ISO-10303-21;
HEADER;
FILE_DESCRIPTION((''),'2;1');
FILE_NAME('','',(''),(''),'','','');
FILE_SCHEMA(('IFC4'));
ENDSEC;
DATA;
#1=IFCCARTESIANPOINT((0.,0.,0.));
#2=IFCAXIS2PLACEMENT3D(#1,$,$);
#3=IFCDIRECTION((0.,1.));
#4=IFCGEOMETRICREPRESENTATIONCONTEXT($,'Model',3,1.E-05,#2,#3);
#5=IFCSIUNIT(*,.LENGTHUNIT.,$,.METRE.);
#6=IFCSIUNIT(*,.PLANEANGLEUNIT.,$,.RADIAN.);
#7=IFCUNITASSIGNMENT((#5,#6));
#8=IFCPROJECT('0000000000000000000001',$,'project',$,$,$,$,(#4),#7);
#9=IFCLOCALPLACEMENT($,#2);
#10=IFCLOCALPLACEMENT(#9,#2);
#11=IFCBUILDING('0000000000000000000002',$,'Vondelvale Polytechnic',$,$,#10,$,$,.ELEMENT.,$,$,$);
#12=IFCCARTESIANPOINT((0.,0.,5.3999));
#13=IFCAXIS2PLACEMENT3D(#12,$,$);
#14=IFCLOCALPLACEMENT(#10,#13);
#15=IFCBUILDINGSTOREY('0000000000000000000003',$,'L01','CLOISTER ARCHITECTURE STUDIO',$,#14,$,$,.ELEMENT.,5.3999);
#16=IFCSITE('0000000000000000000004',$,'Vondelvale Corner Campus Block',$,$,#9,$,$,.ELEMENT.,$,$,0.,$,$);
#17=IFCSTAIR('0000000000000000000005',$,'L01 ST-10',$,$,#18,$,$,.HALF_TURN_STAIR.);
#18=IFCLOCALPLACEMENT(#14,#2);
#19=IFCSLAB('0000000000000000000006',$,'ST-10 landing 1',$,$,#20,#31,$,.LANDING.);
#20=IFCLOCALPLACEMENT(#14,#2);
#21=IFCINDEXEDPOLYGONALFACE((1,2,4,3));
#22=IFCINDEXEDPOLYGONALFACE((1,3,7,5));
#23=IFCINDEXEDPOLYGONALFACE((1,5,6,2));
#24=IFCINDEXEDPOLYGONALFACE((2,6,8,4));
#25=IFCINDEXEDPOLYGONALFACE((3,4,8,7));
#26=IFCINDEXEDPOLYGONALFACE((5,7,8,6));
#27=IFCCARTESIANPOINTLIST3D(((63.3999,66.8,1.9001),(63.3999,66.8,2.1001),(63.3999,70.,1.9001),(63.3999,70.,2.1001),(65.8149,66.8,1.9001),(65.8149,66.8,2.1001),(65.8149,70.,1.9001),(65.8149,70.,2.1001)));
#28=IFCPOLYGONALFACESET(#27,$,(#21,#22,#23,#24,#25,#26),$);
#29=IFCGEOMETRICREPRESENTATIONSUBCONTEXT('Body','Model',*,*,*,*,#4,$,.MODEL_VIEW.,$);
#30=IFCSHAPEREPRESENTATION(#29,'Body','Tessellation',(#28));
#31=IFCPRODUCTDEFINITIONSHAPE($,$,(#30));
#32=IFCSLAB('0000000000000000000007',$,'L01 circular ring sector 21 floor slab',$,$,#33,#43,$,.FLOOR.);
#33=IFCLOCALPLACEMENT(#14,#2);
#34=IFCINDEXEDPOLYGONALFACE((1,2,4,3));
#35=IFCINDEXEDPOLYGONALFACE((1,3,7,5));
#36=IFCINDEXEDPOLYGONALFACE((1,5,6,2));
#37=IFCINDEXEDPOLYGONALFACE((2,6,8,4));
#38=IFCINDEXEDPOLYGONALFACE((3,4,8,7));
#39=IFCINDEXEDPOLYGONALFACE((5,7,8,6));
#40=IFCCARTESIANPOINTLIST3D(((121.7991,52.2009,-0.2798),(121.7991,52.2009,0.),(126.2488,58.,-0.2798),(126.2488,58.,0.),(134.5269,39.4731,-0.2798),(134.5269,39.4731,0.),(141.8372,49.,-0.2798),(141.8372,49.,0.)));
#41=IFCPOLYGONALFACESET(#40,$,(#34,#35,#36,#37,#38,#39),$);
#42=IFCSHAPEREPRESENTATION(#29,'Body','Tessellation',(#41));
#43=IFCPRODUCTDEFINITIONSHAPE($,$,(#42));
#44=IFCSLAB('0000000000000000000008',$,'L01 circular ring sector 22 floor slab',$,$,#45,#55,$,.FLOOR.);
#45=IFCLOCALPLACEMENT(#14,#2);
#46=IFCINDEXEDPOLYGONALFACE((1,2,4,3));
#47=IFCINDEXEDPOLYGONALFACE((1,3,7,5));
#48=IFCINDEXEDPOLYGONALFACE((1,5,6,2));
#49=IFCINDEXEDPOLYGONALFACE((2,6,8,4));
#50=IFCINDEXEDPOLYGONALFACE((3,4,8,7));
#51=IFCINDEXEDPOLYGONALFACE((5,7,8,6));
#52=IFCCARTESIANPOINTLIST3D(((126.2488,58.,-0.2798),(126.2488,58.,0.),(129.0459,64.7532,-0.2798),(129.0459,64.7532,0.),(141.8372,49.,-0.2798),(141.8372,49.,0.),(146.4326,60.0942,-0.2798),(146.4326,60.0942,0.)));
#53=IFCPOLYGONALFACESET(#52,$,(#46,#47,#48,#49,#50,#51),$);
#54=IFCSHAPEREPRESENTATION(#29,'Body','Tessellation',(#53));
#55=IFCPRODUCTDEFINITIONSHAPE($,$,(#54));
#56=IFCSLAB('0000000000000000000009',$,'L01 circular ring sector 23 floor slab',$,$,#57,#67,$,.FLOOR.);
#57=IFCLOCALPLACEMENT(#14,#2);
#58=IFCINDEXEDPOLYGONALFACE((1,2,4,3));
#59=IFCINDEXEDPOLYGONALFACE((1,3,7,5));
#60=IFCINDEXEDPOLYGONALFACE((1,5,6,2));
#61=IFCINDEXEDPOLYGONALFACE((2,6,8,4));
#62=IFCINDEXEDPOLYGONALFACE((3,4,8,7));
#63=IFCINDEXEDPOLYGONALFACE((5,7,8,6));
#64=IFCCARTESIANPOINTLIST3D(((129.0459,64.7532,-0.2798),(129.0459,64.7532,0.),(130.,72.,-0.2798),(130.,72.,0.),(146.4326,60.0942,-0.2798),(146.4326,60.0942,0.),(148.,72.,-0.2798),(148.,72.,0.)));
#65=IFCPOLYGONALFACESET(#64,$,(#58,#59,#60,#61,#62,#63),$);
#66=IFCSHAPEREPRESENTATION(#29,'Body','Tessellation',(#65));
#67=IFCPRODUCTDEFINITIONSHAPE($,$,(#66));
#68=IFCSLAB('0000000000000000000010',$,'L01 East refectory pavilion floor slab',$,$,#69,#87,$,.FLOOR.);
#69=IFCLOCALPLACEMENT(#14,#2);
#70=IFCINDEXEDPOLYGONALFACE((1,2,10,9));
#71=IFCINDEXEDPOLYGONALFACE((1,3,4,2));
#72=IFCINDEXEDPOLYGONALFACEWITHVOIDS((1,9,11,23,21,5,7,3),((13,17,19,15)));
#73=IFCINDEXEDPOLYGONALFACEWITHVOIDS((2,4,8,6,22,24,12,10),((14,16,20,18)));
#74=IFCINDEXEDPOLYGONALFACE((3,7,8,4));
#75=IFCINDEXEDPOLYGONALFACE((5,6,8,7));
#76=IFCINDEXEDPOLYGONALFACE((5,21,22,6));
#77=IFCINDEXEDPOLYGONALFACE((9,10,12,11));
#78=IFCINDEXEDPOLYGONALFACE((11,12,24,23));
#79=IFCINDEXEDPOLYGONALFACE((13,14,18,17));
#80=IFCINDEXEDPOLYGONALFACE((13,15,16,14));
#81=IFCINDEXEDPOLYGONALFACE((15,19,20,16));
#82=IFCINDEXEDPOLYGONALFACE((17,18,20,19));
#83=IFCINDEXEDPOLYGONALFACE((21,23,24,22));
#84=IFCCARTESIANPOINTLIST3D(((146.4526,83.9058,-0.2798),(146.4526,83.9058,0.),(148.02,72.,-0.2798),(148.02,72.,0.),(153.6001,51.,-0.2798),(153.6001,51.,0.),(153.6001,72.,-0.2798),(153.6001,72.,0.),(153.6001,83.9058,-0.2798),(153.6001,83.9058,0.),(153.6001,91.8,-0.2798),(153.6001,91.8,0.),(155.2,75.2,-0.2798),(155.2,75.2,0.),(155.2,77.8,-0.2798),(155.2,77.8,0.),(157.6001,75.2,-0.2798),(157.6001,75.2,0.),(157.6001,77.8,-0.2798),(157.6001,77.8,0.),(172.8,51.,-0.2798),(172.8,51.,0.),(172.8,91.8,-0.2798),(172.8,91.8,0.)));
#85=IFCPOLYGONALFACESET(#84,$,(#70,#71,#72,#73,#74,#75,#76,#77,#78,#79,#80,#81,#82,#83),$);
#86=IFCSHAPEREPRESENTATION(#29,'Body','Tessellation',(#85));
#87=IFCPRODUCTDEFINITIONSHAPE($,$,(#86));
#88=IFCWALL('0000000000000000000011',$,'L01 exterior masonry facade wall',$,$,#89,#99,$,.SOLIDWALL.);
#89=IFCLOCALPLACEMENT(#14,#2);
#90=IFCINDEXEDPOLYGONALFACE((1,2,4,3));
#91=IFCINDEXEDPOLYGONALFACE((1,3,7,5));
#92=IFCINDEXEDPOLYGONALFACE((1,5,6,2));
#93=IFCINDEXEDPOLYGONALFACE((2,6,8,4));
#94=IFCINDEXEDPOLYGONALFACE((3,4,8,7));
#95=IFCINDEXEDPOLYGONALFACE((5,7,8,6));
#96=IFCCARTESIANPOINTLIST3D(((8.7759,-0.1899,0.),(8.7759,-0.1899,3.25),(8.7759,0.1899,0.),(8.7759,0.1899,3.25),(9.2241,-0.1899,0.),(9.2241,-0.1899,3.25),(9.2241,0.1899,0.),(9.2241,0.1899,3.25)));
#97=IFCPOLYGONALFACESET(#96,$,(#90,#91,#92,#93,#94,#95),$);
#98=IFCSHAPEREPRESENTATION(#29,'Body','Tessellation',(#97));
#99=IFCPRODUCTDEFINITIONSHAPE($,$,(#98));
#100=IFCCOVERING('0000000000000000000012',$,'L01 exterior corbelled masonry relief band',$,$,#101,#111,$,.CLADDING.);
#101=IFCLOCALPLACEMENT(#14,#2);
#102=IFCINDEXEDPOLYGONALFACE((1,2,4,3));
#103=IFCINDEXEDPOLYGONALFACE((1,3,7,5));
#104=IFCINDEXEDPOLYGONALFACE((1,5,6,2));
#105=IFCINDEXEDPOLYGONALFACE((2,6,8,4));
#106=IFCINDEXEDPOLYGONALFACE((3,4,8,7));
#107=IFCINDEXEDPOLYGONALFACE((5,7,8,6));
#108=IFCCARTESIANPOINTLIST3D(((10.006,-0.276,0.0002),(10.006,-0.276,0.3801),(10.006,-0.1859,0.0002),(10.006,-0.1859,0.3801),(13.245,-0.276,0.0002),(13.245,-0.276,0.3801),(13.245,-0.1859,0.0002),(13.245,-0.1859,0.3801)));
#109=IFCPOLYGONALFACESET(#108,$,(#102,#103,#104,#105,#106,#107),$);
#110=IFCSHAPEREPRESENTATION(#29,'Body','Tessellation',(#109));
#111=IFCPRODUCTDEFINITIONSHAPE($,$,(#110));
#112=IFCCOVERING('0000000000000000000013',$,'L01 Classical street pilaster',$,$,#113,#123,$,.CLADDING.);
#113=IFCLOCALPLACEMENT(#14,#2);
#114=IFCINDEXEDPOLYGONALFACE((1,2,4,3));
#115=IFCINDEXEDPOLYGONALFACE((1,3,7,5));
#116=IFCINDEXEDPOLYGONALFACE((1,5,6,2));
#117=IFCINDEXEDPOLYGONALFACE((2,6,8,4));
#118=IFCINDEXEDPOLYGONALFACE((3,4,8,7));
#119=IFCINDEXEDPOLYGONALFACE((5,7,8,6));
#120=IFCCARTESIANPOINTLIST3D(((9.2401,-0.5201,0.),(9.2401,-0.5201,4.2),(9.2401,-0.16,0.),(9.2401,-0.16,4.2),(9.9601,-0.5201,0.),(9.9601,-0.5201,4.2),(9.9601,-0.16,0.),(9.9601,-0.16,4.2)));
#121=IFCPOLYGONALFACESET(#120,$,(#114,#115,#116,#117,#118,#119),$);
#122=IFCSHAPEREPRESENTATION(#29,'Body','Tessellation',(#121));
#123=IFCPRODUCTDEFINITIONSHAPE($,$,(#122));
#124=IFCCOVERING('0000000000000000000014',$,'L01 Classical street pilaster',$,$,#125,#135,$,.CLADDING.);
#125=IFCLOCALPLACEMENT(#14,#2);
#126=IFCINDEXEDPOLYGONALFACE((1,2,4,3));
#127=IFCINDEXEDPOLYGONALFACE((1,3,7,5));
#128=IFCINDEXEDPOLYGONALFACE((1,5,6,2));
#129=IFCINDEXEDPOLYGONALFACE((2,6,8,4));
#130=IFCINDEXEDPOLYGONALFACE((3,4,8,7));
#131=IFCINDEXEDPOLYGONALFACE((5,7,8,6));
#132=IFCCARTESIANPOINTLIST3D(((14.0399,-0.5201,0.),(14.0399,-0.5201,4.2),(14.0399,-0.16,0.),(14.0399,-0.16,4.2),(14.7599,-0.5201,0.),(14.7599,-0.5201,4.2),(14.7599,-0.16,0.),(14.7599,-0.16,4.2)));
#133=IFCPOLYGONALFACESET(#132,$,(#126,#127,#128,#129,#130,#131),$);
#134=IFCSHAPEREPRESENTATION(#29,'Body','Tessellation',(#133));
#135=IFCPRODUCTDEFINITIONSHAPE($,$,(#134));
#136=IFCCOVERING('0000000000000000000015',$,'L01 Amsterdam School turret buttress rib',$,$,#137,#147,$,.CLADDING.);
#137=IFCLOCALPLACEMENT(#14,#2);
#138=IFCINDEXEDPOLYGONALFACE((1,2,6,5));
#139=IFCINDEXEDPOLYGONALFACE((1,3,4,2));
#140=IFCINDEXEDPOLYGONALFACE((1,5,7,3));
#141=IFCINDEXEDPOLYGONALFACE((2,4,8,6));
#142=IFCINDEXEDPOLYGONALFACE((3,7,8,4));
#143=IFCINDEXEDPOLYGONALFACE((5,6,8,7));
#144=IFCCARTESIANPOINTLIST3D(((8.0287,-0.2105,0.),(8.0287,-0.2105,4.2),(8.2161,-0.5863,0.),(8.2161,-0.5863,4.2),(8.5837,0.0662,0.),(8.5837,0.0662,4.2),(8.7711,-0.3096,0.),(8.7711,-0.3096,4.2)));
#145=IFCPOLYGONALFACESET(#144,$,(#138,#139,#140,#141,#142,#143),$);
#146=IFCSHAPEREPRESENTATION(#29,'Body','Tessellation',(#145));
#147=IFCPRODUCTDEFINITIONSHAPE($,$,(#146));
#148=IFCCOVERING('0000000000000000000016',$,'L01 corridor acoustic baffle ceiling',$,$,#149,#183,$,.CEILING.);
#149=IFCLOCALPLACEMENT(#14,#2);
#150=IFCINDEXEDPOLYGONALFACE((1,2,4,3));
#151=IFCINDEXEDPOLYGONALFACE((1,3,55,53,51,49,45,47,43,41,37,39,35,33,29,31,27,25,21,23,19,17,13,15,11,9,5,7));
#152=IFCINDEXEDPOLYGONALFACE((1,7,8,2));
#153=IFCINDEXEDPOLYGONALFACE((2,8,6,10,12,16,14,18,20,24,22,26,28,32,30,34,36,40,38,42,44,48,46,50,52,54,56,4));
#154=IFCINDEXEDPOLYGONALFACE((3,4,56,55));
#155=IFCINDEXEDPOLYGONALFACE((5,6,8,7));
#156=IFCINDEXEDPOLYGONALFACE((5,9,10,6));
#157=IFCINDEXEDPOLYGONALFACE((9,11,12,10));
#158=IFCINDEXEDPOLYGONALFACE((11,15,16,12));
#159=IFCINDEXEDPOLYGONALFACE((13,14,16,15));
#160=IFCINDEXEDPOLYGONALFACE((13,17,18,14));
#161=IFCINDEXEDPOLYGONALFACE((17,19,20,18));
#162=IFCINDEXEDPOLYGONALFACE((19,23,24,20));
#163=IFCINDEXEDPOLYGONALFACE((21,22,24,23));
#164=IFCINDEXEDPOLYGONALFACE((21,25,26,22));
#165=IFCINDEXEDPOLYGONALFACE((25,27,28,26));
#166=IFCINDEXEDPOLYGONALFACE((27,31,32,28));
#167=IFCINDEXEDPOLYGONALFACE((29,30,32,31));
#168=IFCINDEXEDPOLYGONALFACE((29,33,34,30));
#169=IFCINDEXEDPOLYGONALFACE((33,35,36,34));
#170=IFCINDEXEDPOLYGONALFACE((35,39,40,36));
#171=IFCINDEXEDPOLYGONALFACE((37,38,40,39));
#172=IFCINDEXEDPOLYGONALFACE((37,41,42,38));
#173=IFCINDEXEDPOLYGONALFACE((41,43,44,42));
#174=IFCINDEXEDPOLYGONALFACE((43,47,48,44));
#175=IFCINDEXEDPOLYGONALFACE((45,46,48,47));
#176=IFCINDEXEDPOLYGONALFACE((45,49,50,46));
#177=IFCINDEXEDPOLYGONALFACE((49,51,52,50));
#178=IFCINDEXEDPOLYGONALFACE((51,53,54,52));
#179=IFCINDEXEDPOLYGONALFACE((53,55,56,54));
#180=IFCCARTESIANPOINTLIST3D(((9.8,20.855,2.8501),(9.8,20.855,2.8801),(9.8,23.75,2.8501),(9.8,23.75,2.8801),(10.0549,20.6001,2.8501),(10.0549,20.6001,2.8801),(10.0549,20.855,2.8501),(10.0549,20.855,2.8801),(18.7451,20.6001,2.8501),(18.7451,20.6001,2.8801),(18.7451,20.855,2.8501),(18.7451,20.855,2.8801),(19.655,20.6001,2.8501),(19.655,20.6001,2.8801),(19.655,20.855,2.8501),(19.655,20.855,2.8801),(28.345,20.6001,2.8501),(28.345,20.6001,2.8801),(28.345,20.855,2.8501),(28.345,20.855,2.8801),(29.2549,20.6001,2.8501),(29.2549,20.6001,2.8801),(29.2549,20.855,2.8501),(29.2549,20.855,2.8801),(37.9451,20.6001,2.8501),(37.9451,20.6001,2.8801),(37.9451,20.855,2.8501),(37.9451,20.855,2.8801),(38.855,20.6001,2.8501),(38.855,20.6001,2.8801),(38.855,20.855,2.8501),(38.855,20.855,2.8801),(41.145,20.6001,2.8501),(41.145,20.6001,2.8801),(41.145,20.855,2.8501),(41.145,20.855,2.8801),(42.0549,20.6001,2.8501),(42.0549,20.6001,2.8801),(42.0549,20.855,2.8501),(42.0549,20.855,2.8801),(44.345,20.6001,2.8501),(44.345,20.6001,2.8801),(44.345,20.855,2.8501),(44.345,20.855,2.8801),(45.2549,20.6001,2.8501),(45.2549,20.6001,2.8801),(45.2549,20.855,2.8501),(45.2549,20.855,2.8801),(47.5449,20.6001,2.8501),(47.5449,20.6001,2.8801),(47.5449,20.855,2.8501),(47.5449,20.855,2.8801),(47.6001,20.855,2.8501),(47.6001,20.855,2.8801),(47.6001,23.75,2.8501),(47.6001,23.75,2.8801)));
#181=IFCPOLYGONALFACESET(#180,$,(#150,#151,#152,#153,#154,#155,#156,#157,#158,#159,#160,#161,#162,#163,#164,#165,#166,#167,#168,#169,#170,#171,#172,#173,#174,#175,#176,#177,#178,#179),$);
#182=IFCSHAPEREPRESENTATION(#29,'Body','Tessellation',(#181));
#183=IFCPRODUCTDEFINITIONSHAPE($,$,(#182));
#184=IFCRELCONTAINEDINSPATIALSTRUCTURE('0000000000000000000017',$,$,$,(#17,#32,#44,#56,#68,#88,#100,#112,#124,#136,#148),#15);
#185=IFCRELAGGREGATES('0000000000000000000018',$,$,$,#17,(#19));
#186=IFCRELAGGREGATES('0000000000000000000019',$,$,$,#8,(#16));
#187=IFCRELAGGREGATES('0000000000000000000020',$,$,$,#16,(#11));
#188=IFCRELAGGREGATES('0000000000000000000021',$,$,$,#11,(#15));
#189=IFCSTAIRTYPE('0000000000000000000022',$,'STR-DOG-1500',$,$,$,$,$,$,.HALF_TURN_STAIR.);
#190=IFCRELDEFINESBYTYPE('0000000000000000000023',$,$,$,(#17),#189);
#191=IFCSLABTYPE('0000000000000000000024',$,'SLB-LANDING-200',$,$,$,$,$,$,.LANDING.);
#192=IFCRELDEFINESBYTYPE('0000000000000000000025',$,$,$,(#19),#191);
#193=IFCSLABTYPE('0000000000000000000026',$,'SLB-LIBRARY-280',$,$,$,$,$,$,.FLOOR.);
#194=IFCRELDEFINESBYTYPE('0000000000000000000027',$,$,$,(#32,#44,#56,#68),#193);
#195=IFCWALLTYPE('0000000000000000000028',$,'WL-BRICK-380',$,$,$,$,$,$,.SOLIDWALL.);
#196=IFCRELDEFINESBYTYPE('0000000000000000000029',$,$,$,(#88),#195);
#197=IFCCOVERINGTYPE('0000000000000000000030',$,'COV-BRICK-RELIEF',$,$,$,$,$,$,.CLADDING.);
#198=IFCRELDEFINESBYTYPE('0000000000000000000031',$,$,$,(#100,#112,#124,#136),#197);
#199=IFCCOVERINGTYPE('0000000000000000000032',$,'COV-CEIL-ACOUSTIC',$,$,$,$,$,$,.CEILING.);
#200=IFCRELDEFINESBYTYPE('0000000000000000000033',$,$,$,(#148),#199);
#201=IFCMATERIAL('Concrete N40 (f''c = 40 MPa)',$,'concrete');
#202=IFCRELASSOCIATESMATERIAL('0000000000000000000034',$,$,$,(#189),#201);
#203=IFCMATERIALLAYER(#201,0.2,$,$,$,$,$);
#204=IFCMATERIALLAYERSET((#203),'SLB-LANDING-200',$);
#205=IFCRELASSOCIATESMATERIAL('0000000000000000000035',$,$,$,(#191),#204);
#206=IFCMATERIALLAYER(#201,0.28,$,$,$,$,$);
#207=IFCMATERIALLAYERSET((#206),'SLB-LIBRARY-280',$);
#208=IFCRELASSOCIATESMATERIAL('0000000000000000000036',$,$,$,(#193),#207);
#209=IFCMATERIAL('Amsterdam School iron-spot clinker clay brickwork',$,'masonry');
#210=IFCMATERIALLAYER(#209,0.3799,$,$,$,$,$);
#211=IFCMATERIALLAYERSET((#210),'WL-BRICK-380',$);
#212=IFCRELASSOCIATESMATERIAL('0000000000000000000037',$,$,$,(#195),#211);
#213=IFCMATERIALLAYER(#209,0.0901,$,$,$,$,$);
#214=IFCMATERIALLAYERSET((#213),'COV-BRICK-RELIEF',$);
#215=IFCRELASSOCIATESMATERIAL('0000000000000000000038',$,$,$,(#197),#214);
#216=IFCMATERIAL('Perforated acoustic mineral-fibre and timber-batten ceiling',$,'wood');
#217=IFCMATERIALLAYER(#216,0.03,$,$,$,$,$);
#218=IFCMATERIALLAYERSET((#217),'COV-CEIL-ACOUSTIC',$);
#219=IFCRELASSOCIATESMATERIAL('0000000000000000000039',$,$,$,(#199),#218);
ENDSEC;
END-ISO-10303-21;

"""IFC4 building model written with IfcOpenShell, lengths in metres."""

from ifc_helpers import new_model, si_unit, direction, frame, frame_2d, origin, origin_2d, place, context, subcontext, project, spatial, polyline, rectangle, outline, extrude, material, layer, layer_set, type_object, element, aggregate, save


model = new_model("IFC4")

# Units and contexts
model_context = context("Model", 3, precision=1e-05, world=origin(), true_north=direction((0.0, 1.0)))
body_context = subcontext(model_context, "Body", "Model", "MODEL_VIEW")
ifc_project = project(units=[si_unit("LENGTHUNIT", "METRE"), si_unit("PLANEANGLEUNIT", "RADIAN")], contexts=[model_context])

# Site, building, storey
site_placement = place(None, origin())
site = spatial("IfcSite", under=ifc_project, at=site_placement, Name="Vondelvale Corner Campus Block", CompositionType="ELEMENT", RefElevation=0.0)
building_placement = place(site_placement, origin())
building = spatial("IfcBuilding", under=site, at=building_placement, Name="Vondelvale Polytechnic", CompositionType="ELEMENT")
storey_placement = place(building_placement, frame((0.0, 0.0, 5.3999)))
storey = spatial("IfcBuildingStorey", under=building, at=storey_placement, Name="L01", Description="CLOISTER ARCHITECTURE STUDIO", CompositionType="ELEMENT", Elevation=5.3999)

# Stair, slab
ifc_material_1 = material(Name="Concrete N40 (f'c = 40 MPa)", Category="concrete")
stair_type = type_object("IfcStairType", Name="STR-DOG-1500", PredefinedType="HALF_TURN_STAIR", material=ifc_material_1)
ifc_layer_1 = layer(ifc_material_1, 0.2)
ifc_layer_set_1 = layer_set([ifc_layer_1], Name="SLB-LANDING-200")
slab_type_1 = type_object("IfcSlabType", Name="SLB-LANDING-200", PredefinedType="LANDING", material=ifc_layer_set_1)
stair_1_placement = place(storey_placement, origin())
stair_1 = element("IfcStair", 1, at=stair_1_placement, inside=storey, type_object=stair_type, Name="L01 ST-10", PredefinedType="HALF_TURN_STAIR")
slab_1_placement = place(storey_placement, frame((0.0, 0.0, 1.9001)))
slab_1 = element("IfcSlab", 2, at=slab_1_placement, type_object=slab_type_1, Name="ST-10 landing 1", PredefinedType="LANDING", context=body_context, shape_type="SweptSolid", body=[
    extrude(outline(polyline([(65.8149, 70.0), (63.3999, 70.0), (63.3999, 66.8), (65.8149, 66.8), (65.8149, 70.0)])), origin(), (0.0, 0.0, 1.0), 0.2),
])
aggregate(stair_1, [slab_1])

# Slabs
ifc_layer_2 = layer(ifc_material_1, 0.28)
ifc_layer_set_2 = layer_set([ifc_layer_2], Name="SLB-LIBRARY-280")
slab_type_2 = type_object("IfcSlabType", Name="SLB-LIBRARY-280", PredefinedType="FLOOR", material=ifc_layer_set_2)
slab_2_placement = place(storey_placement, frame((0.0, 0.0, -0.2798)))
element("IfcSlab", 3, at=slab_2_placement, inside=storey, type_object=slab_type_2, Name="L01 circular ring sector 21 floor slab", PredefinedType="FLOOR", context=body_context, shape_type="SweptSolid", body=[
    extrude(outline(polyline([(121.7991, 52.2009), (134.5269, 39.4731), (141.8372, 49.0), (126.2488, 58.0), (121.7991, 52.2009)])), origin(), (0.0, 0.0, 1.0), 0.2798),
])
slab_3_placement = place(storey_placement, frame((0.0, 0.0, -0.2798)))
element("IfcSlab", 4, at=slab_3_placement, inside=storey, type_object=slab_type_2, Name="L01 circular ring sector 22 floor slab", PredefinedType="FLOOR", context=body_context, shape_type="SweptSolid", body=[
    extrude(outline(polyline([(126.2488, 58.0), (141.8372, 49.0), (146.4326, 60.0942), (129.0459, 64.7532), (126.2488, 58.0)])), origin(), (0.0, 0.0, 1.0), 0.2798),
])
slab_4_placement = place(storey_placement, frame((0.0, 0.0, -0.2798)))
element("IfcSlab", 5, at=slab_4_placement, inside=storey, type_object=slab_type_2, Name="L01 circular ring sector 23 floor slab", PredefinedType="FLOOR", context=body_context, shape_type="SweptSolid", body=[
    extrude(outline(polyline([(129.0459, 64.7532), (146.4326, 60.0942), (148.0, 72.0), (130.0, 72.0), (129.0459, 64.7532)])), origin(), (0.0, 0.0, 1.0), 0.2798),
])
slab_5_placement = place(storey_placement, frame((0.0, 0.0, -0.2798)))
element("IfcSlab", 6, at=slab_5_placement, inside=storey, type_object=slab_type_2, Name="L01 East refectory pavilion floor slab", PredefinedType="FLOOR", context=body_context, shape_type="SweptSolid", body=[
    extrude(outline(polyline([(153.6001, 51.0), (172.8, 51.0), (172.8, 91.8), (153.6001, 91.8), (153.6001, 83.9058), (146.4526, 83.9058), (148.02, 72.0), (153.6001, 72.0), (153.6001, 51.0)]), holes=[polyline([(155.2, 75.2), (157.6001, 75.2), (157.6001, 77.8), (155.2, 77.8), (155.2, 75.2)])]), origin(), (0.0, 0.0, 1.0), 0.2798),
])

# Wall
ifc_material_2 = material(Name="Amsterdam School iron-spot clinker clay brickwork", Category="masonry")
ifc_layer_3 = layer(ifc_material_2, 0.3799)
ifc_layer_set_3 = layer_set([ifc_layer_3], Name="WL-BRICK-380")
wall_type = type_object("IfcWallType", Name="WL-BRICK-380", PredefinedType="SOLIDWALL", material=ifc_layer_set_3)
wall_placement = place(storey_placement, frame((9.2241, 0.0, 0.0), z_axis=(0.0, 0.0, 1.0), x_axis=(-1.0, 0.0, 0.0)))
element("IfcWall", 7, at=wall_placement, inside=storey, type_object=wall_type, Name="L01 exterior masonry facade wall", PredefinedType="SOLIDWALL", context=body_context, shape_type="SweptSolid", body=[
    extrude(rectangle(XDim=0.4482, YDim=0.3799, at=frame_2d((0.2241, 0.0))), origin(), (0.0, 0.0, 1.0), 3.25),
])

# Coverings
ifc_layer_4 = layer(ifc_material_2, 0.0901)
ifc_layer_set_4 = layer_set([ifc_layer_4], Name="COV-BRICK-RELIEF")
covering_type_1 = type_object("IfcCoveringType", Name="COV-BRICK-RELIEF", PredefinedType="CLADDING", material=ifc_layer_set_4)
covering_1_placement = place(storey_placement, frame((11.6255, -0.231, 0.0002), z_axis=(0.0, 0.0, 1.0), x_axis=(-1.0, 0.0, 0.0)))
element("IfcCovering", 8, at=covering_1_placement, inside=storey, type_object=covering_type_1, Name="L01 exterior corbelled masonry relief band", PredefinedType="CLADDING", context=body_context, shape_type="SweptSolid", body=[
    extrude(rectangle(XDim=3.239, YDim=0.0901, at=origin_2d()), origin(), (0.0, 0.0, 1.0), 0.3799),
])
for number, where, z_axis, x_axis, name in (
    (9, (9.6001, -0.3401, 0.0), (0.0, 0.0, 1.0), (1.0, 0.0, 0.0), "L01 Classical street pilaster"),
    (10, (14.3999, -0.3401, 0.0), (0.0, 0.0, 1.0), (1.0, 0.0, 0.0), "L01 Classical street pilaster"),
):
    element("IfcCovering", number, at=place(storey_placement, frame(where, z_axis=z_axis, x_axis=x_axis)), inside=storey, type_object=covering_type_1, Name=name, PredefinedType="CLADDING", context=body_context, shape_type="SweptSolid", body=[
        extrude(rectangle(XDim=0.72, YDim=0.3601, at=origin_2d()), origin(), (0.0, 0.0, 1.0), 4.2),
    ])
covering_2_placement = place(storey_placement, frame((8.3999, -0.26, 0.0), z_axis=(0.0, 0.0, 1.0), x_axis=(0.894934, 0.446198, 0.0)))
element("IfcCovering", 11, at=covering_2_placement, inside=storey, type_object=covering_type_1, Name="L01 Amsterdam School turret buttress rib", PredefinedType="CLADDING", context=body_context, shape_type="SweptSolid", body=[
    extrude(rectangle(XDim=0.6201, YDim=0.4199, at=origin_2d()), origin(), (0.0, 0.0, 1.0), 4.2),
])
ifc_material_3 = material(Name="Perforated acoustic mineral-fibre and timber-batten ceiling", Category="wood")
ifc_layer_5 = layer(ifc_material_3, 0.03)
ifc_layer_set_5 = layer_set([ifc_layer_5], Name="COV-CEIL-ACOUSTIC")
covering_type_2 = type_object("IfcCoveringType", Name="COV-CEIL-ACOUSTIC", PredefinedType="CEILING", material=ifc_layer_set_5)
covering_3_placement = place(storey_placement, frame((0.0, 0.0, 2.8501)))
element("IfcCovering", 12, at=covering_3_placement, inside=storey, type_object=covering_type_2, Name="L01 corridor acoustic baffle ceiling", PredefinedType="CEILING", context=body_context, shape_type="SweptSolid", body=[
    extrude(outline(polyline([(10.0549, 20.6001), (10.0549, 20.855), (9.8, 20.855), (9.8, 23.75), (47.6001, 23.75), (47.6001, 20.855), (47.5449, 20.855), (47.5449, 20.6001), (45.2549, 20.6001), (45.2549, 20.855), (44.345, 20.855), (44.345, 20.6001), (42.0549, 20.6001), (42.0549, 20.855), (41.145, 20.855), (41.145, 20.6001), (38.855, 20.6001), (38.855, 20.855), (37.9451, 20.855), (37.9451, 20.6001), (29.2549, 20.6001), (29.2549, 20.855), (28.345, 20.855), (28.345, 20.6001), (19.655, 20.6001), (19.655, 20.855), (18.7451, 20.855), (18.7451, 20.6001), (10.0549, 20.6001)])), origin(), (0.0, 0.0, 1.0), 0.03),
])

save(model, "model.ifc")
